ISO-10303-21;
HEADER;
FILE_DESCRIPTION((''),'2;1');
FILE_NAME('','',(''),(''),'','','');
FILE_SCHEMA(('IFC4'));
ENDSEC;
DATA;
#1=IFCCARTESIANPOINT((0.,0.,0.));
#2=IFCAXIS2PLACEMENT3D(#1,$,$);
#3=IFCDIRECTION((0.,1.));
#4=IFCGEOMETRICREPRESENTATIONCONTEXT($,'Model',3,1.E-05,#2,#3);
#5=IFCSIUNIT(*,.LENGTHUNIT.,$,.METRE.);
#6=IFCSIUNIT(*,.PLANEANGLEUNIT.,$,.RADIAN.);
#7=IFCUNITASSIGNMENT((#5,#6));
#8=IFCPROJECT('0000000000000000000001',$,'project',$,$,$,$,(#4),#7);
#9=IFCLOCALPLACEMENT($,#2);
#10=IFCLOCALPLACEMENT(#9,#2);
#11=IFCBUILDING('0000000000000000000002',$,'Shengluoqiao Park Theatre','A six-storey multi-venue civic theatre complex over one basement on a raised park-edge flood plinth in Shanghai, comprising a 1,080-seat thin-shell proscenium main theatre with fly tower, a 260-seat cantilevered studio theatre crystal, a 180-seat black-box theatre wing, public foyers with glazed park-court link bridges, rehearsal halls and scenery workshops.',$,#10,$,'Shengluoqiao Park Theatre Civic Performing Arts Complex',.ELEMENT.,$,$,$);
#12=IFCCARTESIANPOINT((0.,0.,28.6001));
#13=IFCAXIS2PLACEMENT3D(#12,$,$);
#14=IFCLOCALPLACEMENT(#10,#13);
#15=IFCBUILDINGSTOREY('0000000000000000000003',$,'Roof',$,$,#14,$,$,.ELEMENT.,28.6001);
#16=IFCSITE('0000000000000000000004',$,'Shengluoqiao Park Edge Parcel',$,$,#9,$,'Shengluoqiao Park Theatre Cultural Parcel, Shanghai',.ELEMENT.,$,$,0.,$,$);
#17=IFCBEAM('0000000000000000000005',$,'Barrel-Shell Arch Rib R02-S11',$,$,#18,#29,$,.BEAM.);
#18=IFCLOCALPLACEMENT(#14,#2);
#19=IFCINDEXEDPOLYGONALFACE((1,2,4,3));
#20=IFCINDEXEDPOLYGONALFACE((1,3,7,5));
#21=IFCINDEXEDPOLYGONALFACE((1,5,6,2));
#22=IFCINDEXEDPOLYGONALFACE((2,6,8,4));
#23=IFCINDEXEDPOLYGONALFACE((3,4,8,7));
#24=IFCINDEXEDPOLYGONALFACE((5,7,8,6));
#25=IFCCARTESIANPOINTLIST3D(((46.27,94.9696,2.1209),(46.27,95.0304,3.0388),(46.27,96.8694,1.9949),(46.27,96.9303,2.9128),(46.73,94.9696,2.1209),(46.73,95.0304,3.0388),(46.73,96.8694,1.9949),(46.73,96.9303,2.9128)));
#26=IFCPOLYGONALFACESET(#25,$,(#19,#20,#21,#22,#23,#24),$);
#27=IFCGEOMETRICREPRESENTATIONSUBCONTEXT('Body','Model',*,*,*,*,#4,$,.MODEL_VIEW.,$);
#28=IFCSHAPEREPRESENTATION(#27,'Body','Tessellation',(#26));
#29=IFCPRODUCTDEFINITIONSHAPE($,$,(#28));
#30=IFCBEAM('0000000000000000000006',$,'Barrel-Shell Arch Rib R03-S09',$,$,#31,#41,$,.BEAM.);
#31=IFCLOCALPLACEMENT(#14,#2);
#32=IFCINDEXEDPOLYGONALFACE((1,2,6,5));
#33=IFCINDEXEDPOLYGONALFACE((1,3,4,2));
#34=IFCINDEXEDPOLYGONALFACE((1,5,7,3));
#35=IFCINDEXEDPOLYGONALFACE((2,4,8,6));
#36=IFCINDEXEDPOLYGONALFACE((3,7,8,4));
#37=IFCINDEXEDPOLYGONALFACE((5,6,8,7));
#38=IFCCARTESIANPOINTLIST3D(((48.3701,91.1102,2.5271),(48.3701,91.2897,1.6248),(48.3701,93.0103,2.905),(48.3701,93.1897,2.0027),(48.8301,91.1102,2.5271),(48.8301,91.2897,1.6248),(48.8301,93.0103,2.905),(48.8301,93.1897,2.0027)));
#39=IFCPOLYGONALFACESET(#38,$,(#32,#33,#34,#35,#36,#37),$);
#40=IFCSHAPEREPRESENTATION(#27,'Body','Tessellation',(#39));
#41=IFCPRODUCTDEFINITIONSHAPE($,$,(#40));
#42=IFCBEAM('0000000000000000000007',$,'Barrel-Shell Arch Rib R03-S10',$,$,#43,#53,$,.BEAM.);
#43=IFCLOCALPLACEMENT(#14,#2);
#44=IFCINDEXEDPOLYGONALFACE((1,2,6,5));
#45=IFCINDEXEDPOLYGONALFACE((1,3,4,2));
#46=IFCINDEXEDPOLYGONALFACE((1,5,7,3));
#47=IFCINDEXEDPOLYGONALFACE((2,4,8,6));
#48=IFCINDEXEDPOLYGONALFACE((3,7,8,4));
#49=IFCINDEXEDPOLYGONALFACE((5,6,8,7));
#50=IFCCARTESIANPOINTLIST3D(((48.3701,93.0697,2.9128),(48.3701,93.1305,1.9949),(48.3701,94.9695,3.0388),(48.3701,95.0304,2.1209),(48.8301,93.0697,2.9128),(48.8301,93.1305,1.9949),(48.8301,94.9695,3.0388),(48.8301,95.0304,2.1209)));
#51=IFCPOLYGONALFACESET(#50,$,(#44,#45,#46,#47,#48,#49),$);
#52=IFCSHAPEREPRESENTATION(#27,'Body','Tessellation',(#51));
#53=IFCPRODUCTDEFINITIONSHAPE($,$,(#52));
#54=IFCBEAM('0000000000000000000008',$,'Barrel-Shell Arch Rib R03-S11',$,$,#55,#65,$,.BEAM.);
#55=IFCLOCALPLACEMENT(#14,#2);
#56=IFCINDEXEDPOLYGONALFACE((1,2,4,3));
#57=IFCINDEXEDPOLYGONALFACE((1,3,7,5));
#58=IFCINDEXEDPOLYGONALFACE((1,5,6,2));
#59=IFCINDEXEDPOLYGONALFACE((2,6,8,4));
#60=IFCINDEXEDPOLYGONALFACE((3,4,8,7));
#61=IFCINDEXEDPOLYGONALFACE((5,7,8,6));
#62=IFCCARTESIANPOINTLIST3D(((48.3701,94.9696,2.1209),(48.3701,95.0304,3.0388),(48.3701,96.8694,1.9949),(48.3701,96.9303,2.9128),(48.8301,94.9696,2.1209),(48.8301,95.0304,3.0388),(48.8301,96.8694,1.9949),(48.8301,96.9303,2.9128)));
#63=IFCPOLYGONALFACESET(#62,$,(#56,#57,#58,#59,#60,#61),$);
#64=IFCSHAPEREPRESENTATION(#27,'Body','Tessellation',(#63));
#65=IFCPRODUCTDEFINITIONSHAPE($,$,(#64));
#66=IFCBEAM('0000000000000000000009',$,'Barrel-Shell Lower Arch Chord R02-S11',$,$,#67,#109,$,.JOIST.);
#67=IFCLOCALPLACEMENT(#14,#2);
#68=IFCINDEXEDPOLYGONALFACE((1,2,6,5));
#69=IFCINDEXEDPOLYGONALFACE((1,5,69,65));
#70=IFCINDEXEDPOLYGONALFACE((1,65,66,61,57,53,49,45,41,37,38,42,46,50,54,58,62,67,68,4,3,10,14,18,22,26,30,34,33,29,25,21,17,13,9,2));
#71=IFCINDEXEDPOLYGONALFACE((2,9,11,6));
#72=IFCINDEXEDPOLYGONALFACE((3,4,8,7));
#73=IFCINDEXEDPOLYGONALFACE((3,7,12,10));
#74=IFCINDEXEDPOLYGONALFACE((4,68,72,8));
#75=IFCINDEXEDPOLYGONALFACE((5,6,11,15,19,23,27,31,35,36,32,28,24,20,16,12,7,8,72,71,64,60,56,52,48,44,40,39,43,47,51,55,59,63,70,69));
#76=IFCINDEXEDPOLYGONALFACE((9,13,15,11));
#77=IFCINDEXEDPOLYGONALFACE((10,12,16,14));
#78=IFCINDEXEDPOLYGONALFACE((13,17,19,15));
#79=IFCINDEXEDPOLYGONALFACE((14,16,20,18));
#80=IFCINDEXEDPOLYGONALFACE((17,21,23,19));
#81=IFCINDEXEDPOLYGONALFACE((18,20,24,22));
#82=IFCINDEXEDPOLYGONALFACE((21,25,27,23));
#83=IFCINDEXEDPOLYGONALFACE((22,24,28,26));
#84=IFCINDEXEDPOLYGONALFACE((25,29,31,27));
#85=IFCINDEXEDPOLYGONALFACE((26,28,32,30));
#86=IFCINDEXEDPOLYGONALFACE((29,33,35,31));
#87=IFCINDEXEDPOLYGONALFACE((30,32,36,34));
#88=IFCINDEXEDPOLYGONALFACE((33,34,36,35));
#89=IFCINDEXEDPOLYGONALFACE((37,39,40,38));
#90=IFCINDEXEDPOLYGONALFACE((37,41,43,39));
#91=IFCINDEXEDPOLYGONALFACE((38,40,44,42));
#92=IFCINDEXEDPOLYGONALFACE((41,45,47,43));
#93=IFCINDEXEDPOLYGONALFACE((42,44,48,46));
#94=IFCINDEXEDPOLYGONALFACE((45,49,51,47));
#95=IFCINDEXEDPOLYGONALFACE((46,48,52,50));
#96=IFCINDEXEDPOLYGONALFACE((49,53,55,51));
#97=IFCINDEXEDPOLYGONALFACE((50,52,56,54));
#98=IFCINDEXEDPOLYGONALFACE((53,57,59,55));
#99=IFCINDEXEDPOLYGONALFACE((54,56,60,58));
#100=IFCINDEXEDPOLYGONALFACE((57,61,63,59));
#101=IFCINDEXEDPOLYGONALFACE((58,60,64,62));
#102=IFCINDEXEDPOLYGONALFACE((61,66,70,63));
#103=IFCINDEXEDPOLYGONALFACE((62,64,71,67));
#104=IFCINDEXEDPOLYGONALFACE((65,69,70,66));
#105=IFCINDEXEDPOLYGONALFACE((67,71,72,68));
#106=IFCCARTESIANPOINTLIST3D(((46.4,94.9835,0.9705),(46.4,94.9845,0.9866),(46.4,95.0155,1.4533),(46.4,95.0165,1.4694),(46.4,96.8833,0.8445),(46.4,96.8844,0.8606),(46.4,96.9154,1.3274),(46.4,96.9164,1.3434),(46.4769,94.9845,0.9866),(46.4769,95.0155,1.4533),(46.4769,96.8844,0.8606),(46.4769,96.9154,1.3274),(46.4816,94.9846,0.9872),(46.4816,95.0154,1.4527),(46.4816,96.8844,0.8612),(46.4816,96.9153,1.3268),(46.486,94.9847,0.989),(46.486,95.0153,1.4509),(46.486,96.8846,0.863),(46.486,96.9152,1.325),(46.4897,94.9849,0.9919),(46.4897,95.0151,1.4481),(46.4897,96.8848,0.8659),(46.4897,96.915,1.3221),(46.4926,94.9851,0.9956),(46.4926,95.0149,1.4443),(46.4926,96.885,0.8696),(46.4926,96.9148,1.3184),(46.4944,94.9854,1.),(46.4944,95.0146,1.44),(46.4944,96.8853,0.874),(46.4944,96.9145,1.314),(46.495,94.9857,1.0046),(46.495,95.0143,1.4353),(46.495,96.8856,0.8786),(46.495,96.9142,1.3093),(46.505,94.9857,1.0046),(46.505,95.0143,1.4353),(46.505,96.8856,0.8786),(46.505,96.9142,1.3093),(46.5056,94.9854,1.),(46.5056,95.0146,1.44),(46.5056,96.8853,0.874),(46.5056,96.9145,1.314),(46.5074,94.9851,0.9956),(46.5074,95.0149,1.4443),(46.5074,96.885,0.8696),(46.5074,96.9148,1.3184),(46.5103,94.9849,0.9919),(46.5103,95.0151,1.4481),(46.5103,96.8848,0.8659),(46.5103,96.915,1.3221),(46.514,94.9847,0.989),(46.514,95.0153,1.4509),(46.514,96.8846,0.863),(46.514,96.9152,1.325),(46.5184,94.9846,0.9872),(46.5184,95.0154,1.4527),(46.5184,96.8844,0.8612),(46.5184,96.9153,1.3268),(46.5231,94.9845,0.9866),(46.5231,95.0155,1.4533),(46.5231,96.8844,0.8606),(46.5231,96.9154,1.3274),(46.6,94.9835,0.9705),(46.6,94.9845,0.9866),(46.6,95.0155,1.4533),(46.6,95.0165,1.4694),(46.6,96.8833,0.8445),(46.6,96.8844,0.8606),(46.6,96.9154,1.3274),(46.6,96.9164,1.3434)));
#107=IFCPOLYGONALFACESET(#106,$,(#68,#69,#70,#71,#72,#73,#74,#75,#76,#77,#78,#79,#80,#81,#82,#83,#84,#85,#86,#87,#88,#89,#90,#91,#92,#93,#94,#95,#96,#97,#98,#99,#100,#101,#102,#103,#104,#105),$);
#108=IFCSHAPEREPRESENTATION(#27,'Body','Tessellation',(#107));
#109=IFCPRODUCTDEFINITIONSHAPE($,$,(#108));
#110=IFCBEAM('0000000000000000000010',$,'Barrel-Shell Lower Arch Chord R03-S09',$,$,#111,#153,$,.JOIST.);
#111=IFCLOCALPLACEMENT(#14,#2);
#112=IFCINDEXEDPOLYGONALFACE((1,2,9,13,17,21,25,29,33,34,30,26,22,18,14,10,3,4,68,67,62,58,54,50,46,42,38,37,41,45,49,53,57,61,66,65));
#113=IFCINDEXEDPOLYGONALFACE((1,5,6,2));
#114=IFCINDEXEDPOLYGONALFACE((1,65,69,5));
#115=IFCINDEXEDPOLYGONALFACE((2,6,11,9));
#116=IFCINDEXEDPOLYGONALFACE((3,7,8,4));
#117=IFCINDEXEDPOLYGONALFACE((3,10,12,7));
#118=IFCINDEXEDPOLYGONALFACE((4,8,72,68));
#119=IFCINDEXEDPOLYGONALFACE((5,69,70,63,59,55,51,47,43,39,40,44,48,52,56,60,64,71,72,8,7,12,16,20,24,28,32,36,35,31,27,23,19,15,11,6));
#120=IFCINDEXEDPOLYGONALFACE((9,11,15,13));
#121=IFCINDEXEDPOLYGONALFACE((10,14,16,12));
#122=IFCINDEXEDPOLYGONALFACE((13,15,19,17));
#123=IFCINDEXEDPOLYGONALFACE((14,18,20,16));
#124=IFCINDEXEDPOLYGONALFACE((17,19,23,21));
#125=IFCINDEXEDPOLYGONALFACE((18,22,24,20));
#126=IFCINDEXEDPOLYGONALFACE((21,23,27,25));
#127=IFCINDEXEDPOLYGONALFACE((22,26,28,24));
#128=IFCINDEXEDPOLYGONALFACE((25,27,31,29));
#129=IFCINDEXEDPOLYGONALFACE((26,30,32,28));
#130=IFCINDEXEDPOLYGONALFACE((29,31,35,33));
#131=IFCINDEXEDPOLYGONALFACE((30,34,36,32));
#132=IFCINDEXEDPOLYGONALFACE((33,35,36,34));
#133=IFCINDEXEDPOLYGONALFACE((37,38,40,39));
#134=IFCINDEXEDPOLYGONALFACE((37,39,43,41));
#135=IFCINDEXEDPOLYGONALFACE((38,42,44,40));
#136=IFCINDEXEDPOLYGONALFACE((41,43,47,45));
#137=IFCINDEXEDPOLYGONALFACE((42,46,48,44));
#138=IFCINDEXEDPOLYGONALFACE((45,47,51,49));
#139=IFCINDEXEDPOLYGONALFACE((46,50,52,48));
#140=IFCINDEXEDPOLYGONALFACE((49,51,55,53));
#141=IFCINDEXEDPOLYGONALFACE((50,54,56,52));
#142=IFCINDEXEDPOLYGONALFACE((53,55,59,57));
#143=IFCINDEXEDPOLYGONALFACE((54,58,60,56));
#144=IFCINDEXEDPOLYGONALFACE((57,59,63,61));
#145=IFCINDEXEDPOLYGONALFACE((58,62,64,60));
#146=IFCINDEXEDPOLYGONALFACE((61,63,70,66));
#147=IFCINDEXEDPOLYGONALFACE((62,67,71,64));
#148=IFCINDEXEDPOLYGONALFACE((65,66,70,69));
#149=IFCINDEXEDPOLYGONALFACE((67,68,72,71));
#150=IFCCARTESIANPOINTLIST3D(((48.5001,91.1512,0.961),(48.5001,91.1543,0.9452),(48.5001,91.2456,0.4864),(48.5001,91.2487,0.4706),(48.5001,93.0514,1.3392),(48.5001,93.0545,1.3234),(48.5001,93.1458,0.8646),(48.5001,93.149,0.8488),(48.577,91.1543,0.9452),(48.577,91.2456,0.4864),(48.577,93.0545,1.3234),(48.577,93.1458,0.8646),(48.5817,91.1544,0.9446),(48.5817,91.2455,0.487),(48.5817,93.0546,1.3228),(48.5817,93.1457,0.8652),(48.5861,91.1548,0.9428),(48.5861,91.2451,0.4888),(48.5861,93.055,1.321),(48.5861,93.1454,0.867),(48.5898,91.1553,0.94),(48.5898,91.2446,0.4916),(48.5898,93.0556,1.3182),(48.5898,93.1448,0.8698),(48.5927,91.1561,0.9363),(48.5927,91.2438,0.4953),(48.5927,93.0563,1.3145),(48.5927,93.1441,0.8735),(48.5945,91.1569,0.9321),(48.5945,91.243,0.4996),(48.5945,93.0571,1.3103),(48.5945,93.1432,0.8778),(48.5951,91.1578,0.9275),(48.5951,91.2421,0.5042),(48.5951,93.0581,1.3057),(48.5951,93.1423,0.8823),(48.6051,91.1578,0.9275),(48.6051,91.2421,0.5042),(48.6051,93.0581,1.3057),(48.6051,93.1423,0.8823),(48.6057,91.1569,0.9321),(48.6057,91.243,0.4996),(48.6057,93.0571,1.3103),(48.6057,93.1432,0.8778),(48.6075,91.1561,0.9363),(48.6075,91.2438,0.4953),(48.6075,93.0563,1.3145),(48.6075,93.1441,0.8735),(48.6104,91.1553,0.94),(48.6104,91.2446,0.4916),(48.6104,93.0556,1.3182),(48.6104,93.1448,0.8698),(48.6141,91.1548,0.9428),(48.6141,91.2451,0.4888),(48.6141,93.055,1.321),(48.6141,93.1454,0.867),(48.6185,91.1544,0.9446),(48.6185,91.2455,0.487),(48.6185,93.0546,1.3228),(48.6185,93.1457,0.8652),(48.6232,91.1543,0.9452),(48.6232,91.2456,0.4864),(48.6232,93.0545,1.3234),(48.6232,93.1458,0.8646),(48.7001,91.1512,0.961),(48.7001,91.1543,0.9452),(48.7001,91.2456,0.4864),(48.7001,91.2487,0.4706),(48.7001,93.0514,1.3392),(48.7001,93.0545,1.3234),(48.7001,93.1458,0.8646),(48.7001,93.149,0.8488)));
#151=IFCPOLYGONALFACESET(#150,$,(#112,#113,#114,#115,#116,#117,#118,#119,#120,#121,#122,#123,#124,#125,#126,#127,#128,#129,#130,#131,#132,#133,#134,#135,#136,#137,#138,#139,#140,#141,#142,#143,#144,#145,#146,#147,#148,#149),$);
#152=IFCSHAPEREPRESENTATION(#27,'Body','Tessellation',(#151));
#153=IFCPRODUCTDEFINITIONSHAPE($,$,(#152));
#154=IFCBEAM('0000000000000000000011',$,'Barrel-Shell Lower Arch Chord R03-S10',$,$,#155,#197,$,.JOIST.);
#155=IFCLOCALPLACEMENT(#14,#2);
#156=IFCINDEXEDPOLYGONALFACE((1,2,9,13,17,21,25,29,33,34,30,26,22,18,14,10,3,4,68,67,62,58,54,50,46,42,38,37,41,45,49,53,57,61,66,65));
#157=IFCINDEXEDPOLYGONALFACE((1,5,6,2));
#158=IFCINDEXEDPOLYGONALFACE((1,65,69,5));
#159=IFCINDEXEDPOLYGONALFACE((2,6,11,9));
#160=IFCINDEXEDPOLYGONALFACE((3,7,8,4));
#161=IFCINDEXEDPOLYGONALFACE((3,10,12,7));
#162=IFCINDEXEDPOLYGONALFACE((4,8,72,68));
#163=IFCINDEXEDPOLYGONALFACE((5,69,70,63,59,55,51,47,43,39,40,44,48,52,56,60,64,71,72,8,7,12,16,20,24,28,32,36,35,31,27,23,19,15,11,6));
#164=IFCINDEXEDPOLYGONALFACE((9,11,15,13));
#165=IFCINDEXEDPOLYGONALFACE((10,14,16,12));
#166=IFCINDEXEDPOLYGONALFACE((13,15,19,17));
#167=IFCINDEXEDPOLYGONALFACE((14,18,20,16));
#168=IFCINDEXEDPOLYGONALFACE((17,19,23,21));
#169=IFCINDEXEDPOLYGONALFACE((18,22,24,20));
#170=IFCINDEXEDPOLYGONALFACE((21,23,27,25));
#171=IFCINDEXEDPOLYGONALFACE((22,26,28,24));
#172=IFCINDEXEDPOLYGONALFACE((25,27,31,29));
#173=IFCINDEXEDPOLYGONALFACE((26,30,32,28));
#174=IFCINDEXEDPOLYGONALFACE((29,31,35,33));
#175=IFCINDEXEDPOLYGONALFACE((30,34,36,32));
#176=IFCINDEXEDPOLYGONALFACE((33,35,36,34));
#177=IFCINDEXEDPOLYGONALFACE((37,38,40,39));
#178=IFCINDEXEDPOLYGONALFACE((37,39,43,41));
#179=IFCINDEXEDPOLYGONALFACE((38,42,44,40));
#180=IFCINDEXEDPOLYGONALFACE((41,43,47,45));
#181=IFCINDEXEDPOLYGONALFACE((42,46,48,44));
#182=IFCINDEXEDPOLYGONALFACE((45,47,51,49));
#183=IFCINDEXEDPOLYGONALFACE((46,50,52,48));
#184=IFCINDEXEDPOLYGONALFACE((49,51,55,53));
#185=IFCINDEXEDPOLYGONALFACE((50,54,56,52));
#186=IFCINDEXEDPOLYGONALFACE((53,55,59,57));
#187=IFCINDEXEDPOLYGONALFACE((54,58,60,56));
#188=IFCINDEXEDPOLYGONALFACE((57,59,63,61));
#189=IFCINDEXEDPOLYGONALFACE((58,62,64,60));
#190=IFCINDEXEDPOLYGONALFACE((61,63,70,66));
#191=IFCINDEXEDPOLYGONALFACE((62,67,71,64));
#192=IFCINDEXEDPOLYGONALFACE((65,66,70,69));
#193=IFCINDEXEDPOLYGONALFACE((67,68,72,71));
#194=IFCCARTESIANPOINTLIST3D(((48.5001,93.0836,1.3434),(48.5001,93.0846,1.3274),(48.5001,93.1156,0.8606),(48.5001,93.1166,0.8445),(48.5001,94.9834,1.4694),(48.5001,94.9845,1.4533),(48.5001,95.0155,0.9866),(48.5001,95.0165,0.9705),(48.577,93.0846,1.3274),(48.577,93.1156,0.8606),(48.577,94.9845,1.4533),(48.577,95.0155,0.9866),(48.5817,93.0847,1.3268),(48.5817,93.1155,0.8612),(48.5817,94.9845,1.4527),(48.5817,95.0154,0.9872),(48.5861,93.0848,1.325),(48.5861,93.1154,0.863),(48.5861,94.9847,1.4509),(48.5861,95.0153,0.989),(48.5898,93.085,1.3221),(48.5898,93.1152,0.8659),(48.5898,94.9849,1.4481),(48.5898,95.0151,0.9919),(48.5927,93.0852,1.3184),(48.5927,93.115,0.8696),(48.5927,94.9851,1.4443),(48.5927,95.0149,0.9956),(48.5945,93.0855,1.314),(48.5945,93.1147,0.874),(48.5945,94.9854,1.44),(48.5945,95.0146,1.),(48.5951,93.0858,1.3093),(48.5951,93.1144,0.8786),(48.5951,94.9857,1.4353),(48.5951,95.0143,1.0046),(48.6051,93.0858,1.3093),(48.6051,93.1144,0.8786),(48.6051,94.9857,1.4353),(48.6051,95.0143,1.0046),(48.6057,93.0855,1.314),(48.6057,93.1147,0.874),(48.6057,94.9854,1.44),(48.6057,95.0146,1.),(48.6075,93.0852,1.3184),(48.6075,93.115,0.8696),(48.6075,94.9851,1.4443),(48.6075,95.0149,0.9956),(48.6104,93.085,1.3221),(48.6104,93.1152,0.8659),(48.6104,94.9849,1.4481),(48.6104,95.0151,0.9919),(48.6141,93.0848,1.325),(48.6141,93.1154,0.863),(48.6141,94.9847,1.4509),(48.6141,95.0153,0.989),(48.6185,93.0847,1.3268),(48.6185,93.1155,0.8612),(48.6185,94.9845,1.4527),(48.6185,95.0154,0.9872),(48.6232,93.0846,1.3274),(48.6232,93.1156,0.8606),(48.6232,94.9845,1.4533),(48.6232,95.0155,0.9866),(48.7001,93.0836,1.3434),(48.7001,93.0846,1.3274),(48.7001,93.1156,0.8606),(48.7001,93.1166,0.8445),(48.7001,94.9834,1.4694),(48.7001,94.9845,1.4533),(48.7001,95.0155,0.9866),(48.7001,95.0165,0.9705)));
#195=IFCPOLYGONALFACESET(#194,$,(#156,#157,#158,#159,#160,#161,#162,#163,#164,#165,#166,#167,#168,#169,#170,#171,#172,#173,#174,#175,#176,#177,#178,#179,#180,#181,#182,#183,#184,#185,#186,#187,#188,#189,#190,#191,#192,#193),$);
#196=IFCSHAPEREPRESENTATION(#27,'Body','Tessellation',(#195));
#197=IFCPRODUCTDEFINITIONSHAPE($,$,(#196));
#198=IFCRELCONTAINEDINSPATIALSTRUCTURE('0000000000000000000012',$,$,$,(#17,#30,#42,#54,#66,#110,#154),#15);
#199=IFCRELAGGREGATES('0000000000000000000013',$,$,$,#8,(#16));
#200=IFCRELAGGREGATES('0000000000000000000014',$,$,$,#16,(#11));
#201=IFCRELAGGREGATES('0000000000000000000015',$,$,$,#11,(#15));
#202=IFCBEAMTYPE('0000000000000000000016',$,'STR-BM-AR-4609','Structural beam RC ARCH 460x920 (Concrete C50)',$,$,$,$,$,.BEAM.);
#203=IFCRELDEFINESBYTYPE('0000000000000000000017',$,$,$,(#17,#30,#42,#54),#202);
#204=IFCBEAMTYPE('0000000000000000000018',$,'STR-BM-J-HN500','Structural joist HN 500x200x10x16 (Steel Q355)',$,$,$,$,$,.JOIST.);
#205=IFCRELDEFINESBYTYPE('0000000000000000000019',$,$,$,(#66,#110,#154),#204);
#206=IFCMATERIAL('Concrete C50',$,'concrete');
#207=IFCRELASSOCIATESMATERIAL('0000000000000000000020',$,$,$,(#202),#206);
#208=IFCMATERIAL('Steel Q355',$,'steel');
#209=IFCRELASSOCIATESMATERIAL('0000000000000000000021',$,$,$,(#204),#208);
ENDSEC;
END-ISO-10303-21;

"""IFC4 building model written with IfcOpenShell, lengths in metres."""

from ifc_helpers import new_model, si_unit, direction, frame, origin, origin_2d, place, context, subcontext, project, spatial, rectangle, i_section, extrude, material, material_profile, profile_set, type_object, element, save


model = new_model("IFC4")

# Units and contexts
model_context = context("Model", 3, precision=1e-05, world=origin(), true_north=direction((0.0, 1.0)))
body_context = subcontext(model_context, "Body", "Model", "MODEL_VIEW")
ifc_project = project(units=[si_unit("LENGTHUNIT", "METRE"), si_unit("PLANEANGLEUNIT", "RADIAN")], contexts=[model_context])

# Site, building, storey
site_placement = place(None, origin())
site = spatial("IfcSite", under=ifc_project, at=site_placement, Name="Shengluoqiao Park Edge Parcel", LongName="Shengluoqiao Park Theatre Cultural Parcel, Shanghai", CompositionType="ELEMENT", RefElevation=0.0)
building_placement = place(site_placement, origin())
building = spatial("IfcBuilding", under=site, at=building_placement, Name="Shengluoqiao Park Theatre", Description="A six-storey multi-venue civic theatre complex over one basement on a raised park-edge flood plinth in Shanghai, comprising a 1,080-seat thin-shell proscenium main theatre with fly tower, a 260-seat cantilevered studio theatre crystal, a 180-seat black-box theatre wing, public foyers with glazed park-court link bridges, rehearsal halls and scenery workshops.", LongName="Shengluoqiao Park Theatre Civic Performing Arts Complex", CompositionType="ELEMENT")
storey_placement = place(building_placement, frame((0.0, 0.0, 28.6001)))
storey = spatial("IfcBuildingStorey", under=building, at=storey_placement, Name="Roof", CompositionType="ELEMENT", Elevation=28.6001)

# Beams
ifc_material_1 = material(Name="Concrete C50", Category="concrete")
ifc_material_profile_1 = material_profile(ifc_material_1, rectangle(XDim=0.46, YDim=0.9199, at=origin_2d()), Name="RC ARCH 460x920")
ifc_profile_set_1 = profile_set([ifc_material_profile_1], Name="Concrete C50")
beam_type_1 = type_object("IfcBeamType", Name="STR-BM-AR-4609", Description="Structural beam RC ARCH 460x920 (Concrete C50)", PredefinedType="BEAM", material=ifc_profile_set_1)
beam_1_placement = place(storey_placement, frame((46.5, 95.0, 2.5798), z_axis=(0.0, 0.997809, -0.066162), x_axis=(-1.0, 0.0, 0.0)))
element("IfcBeam", 1, at=beam_1_placement, inside=storey, type_object=beam_type_1, Name="Barrel-Shell Arch Rib R02-S11", PredefinedType="BEAM", context=body_context, shape_type="SweptSolid", body=[
    extrude(rectangle(XDim=0.46, YDim=0.9199, at=origin_2d()), origin(), (0.0, 0.0, 1.0), 1.9041),
])
beam_2_placement = place(storey_placement, frame((48.6001, 91.2, 2.0759), z_axis=(0.0, 0.980789, 0.195074), x_axis=(-1.0, 0.0, 0.0)))
element("IfcBeam", 2, at=beam_2_placement, inside=storey, type_object=beam_type_1, Name="Barrel-Shell Arch Rib R03-S09", PredefinedType="BEAM", context=body_context, shape_type="SweptSolid", body=[
    extrude(rectangle(XDim=0.46, YDim=0.9199, at=origin_2d()), origin(), (0.0, 0.0, 1.0), 1.9373),
])
for number, where, z_axis, x_axis, name in (
    (3, (48.6001, 93.1001, 2.4539), (0.0, 0.997809, 0.066162), (-1.0, 0.0, 0.0), "Barrel-Shell Arch Rib R03-S10"),
    (4, (48.6001, 95.0, 2.5798), (0.0, 0.997809, -0.066162), (-1.0, 0.0, 0.0), "Barrel-Shell Arch Rib R03-S11"),
):
    element("IfcBeam", number, at=place(storey_placement, frame(where, z_axis=z_axis, x_axis=x_axis)), inside=storey, type_object=beam_type_1, Name=name, PredefinedType="BEAM", context=body_context, shape_type="SweptSolid", body=[
        extrude(rectangle(XDim=0.46, YDim=0.9199, at=origin_2d()), origin(), (0.0, 0.0, 1.0), 1.9041),
    ])
ifc_material_2 = material(Name="Steel Q355", Category="steel")
ifc_material_profile_2 = material_profile(ifc_material_2, i_section(OverallWidth=0.2, OverallDepth=0.5, WebThickness=0.01, FlangeThickness=0.0161, FilletRadius=0.0181, at=origin_2d()), Name="HN 500x200x10x16")
ifc_profile_set_2 = profile_set([ifc_material_profile_2], Name="Steel Q355")
beam_type_2 = type_object("IfcBeamType", Name="STR-BM-J-HN500", Description="Structural joist HN 500x200x10x16 (Steel Q355)", PredefinedType="JOIST", material=ifc_profile_set_2)
beam_3_placement = place(storey_placement, frame((46.5, 95.0, 1.22), z_axis=(0.0, 0.997809, -0.066162), x_axis=(-1.0, 0.0, 0.0)))
element("IfcBeam", 5, at=beam_3_placement, inside=storey, type_object=beam_type_2, Name="Barrel-Shell Lower Arch Chord R02-S11", PredefinedType="JOIST", context=body_context, shape_type="SweptSolid", body=[
    extrude(i_section(OverallWidth=0.2, OverallDepth=0.5, WebThickness=0.01, FlangeThickness=0.0161, FilletRadius=0.0181, at=origin_2d()), origin(), (0.0, 0.0, 1.0), 1.9041),
])
beam_4_placement = place(storey_placement, frame((48.6001, 91.2, 0.7158), z_axis=(0.0, 0.980764, 0.195195), x_axis=(-1.0, 0.0, 0.0)))
element("IfcBeam", 6, at=beam_4_placement, inside=storey, type_object=beam_type_2, Name="Barrel-Shell Lower Arch Chord R03-S09", PredefinedType="JOIST", context=body_context, shape_type="SweptSolid", body=[
    extrude(i_section(OverallWidth=0.2, OverallDepth=0.5, WebThickness=0.01, FlangeThickness=0.0161, FilletRadius=0.0181, at=origin_2d()), origin(), (0.0, 0.0, 1.0), 1.9375),
])
for number, where, z_axis, x_axis, name in (
    (7, (48.6001, 93.1001, 1.094), (0.0, 0.997809, 0.066162), (-1.0, 0.0, 0.0), "Barrel-Shell Lower Arch Chord R03-S10"),
):
    element("IfcBeam", number, at=place(storey_placement, frame(where, z_axis=z_axis, x_axis=x_axis)), inside=storey, type_object=beam_type_2, Name=name, PredefinedType="JOIST", context=body_context, shape_type="SweptSolid", body=[
        extrude(i_section(OverallWidth=0.2, OverallDepth=0.5, WebThickness=0.01, FlangeThickness=0.0161, FilletRadius=0.0181, at=origin_2d()), origin(), (0.0, 0.0, 1.0), 1.9041),
    ])

save(model, "model.ifc")
